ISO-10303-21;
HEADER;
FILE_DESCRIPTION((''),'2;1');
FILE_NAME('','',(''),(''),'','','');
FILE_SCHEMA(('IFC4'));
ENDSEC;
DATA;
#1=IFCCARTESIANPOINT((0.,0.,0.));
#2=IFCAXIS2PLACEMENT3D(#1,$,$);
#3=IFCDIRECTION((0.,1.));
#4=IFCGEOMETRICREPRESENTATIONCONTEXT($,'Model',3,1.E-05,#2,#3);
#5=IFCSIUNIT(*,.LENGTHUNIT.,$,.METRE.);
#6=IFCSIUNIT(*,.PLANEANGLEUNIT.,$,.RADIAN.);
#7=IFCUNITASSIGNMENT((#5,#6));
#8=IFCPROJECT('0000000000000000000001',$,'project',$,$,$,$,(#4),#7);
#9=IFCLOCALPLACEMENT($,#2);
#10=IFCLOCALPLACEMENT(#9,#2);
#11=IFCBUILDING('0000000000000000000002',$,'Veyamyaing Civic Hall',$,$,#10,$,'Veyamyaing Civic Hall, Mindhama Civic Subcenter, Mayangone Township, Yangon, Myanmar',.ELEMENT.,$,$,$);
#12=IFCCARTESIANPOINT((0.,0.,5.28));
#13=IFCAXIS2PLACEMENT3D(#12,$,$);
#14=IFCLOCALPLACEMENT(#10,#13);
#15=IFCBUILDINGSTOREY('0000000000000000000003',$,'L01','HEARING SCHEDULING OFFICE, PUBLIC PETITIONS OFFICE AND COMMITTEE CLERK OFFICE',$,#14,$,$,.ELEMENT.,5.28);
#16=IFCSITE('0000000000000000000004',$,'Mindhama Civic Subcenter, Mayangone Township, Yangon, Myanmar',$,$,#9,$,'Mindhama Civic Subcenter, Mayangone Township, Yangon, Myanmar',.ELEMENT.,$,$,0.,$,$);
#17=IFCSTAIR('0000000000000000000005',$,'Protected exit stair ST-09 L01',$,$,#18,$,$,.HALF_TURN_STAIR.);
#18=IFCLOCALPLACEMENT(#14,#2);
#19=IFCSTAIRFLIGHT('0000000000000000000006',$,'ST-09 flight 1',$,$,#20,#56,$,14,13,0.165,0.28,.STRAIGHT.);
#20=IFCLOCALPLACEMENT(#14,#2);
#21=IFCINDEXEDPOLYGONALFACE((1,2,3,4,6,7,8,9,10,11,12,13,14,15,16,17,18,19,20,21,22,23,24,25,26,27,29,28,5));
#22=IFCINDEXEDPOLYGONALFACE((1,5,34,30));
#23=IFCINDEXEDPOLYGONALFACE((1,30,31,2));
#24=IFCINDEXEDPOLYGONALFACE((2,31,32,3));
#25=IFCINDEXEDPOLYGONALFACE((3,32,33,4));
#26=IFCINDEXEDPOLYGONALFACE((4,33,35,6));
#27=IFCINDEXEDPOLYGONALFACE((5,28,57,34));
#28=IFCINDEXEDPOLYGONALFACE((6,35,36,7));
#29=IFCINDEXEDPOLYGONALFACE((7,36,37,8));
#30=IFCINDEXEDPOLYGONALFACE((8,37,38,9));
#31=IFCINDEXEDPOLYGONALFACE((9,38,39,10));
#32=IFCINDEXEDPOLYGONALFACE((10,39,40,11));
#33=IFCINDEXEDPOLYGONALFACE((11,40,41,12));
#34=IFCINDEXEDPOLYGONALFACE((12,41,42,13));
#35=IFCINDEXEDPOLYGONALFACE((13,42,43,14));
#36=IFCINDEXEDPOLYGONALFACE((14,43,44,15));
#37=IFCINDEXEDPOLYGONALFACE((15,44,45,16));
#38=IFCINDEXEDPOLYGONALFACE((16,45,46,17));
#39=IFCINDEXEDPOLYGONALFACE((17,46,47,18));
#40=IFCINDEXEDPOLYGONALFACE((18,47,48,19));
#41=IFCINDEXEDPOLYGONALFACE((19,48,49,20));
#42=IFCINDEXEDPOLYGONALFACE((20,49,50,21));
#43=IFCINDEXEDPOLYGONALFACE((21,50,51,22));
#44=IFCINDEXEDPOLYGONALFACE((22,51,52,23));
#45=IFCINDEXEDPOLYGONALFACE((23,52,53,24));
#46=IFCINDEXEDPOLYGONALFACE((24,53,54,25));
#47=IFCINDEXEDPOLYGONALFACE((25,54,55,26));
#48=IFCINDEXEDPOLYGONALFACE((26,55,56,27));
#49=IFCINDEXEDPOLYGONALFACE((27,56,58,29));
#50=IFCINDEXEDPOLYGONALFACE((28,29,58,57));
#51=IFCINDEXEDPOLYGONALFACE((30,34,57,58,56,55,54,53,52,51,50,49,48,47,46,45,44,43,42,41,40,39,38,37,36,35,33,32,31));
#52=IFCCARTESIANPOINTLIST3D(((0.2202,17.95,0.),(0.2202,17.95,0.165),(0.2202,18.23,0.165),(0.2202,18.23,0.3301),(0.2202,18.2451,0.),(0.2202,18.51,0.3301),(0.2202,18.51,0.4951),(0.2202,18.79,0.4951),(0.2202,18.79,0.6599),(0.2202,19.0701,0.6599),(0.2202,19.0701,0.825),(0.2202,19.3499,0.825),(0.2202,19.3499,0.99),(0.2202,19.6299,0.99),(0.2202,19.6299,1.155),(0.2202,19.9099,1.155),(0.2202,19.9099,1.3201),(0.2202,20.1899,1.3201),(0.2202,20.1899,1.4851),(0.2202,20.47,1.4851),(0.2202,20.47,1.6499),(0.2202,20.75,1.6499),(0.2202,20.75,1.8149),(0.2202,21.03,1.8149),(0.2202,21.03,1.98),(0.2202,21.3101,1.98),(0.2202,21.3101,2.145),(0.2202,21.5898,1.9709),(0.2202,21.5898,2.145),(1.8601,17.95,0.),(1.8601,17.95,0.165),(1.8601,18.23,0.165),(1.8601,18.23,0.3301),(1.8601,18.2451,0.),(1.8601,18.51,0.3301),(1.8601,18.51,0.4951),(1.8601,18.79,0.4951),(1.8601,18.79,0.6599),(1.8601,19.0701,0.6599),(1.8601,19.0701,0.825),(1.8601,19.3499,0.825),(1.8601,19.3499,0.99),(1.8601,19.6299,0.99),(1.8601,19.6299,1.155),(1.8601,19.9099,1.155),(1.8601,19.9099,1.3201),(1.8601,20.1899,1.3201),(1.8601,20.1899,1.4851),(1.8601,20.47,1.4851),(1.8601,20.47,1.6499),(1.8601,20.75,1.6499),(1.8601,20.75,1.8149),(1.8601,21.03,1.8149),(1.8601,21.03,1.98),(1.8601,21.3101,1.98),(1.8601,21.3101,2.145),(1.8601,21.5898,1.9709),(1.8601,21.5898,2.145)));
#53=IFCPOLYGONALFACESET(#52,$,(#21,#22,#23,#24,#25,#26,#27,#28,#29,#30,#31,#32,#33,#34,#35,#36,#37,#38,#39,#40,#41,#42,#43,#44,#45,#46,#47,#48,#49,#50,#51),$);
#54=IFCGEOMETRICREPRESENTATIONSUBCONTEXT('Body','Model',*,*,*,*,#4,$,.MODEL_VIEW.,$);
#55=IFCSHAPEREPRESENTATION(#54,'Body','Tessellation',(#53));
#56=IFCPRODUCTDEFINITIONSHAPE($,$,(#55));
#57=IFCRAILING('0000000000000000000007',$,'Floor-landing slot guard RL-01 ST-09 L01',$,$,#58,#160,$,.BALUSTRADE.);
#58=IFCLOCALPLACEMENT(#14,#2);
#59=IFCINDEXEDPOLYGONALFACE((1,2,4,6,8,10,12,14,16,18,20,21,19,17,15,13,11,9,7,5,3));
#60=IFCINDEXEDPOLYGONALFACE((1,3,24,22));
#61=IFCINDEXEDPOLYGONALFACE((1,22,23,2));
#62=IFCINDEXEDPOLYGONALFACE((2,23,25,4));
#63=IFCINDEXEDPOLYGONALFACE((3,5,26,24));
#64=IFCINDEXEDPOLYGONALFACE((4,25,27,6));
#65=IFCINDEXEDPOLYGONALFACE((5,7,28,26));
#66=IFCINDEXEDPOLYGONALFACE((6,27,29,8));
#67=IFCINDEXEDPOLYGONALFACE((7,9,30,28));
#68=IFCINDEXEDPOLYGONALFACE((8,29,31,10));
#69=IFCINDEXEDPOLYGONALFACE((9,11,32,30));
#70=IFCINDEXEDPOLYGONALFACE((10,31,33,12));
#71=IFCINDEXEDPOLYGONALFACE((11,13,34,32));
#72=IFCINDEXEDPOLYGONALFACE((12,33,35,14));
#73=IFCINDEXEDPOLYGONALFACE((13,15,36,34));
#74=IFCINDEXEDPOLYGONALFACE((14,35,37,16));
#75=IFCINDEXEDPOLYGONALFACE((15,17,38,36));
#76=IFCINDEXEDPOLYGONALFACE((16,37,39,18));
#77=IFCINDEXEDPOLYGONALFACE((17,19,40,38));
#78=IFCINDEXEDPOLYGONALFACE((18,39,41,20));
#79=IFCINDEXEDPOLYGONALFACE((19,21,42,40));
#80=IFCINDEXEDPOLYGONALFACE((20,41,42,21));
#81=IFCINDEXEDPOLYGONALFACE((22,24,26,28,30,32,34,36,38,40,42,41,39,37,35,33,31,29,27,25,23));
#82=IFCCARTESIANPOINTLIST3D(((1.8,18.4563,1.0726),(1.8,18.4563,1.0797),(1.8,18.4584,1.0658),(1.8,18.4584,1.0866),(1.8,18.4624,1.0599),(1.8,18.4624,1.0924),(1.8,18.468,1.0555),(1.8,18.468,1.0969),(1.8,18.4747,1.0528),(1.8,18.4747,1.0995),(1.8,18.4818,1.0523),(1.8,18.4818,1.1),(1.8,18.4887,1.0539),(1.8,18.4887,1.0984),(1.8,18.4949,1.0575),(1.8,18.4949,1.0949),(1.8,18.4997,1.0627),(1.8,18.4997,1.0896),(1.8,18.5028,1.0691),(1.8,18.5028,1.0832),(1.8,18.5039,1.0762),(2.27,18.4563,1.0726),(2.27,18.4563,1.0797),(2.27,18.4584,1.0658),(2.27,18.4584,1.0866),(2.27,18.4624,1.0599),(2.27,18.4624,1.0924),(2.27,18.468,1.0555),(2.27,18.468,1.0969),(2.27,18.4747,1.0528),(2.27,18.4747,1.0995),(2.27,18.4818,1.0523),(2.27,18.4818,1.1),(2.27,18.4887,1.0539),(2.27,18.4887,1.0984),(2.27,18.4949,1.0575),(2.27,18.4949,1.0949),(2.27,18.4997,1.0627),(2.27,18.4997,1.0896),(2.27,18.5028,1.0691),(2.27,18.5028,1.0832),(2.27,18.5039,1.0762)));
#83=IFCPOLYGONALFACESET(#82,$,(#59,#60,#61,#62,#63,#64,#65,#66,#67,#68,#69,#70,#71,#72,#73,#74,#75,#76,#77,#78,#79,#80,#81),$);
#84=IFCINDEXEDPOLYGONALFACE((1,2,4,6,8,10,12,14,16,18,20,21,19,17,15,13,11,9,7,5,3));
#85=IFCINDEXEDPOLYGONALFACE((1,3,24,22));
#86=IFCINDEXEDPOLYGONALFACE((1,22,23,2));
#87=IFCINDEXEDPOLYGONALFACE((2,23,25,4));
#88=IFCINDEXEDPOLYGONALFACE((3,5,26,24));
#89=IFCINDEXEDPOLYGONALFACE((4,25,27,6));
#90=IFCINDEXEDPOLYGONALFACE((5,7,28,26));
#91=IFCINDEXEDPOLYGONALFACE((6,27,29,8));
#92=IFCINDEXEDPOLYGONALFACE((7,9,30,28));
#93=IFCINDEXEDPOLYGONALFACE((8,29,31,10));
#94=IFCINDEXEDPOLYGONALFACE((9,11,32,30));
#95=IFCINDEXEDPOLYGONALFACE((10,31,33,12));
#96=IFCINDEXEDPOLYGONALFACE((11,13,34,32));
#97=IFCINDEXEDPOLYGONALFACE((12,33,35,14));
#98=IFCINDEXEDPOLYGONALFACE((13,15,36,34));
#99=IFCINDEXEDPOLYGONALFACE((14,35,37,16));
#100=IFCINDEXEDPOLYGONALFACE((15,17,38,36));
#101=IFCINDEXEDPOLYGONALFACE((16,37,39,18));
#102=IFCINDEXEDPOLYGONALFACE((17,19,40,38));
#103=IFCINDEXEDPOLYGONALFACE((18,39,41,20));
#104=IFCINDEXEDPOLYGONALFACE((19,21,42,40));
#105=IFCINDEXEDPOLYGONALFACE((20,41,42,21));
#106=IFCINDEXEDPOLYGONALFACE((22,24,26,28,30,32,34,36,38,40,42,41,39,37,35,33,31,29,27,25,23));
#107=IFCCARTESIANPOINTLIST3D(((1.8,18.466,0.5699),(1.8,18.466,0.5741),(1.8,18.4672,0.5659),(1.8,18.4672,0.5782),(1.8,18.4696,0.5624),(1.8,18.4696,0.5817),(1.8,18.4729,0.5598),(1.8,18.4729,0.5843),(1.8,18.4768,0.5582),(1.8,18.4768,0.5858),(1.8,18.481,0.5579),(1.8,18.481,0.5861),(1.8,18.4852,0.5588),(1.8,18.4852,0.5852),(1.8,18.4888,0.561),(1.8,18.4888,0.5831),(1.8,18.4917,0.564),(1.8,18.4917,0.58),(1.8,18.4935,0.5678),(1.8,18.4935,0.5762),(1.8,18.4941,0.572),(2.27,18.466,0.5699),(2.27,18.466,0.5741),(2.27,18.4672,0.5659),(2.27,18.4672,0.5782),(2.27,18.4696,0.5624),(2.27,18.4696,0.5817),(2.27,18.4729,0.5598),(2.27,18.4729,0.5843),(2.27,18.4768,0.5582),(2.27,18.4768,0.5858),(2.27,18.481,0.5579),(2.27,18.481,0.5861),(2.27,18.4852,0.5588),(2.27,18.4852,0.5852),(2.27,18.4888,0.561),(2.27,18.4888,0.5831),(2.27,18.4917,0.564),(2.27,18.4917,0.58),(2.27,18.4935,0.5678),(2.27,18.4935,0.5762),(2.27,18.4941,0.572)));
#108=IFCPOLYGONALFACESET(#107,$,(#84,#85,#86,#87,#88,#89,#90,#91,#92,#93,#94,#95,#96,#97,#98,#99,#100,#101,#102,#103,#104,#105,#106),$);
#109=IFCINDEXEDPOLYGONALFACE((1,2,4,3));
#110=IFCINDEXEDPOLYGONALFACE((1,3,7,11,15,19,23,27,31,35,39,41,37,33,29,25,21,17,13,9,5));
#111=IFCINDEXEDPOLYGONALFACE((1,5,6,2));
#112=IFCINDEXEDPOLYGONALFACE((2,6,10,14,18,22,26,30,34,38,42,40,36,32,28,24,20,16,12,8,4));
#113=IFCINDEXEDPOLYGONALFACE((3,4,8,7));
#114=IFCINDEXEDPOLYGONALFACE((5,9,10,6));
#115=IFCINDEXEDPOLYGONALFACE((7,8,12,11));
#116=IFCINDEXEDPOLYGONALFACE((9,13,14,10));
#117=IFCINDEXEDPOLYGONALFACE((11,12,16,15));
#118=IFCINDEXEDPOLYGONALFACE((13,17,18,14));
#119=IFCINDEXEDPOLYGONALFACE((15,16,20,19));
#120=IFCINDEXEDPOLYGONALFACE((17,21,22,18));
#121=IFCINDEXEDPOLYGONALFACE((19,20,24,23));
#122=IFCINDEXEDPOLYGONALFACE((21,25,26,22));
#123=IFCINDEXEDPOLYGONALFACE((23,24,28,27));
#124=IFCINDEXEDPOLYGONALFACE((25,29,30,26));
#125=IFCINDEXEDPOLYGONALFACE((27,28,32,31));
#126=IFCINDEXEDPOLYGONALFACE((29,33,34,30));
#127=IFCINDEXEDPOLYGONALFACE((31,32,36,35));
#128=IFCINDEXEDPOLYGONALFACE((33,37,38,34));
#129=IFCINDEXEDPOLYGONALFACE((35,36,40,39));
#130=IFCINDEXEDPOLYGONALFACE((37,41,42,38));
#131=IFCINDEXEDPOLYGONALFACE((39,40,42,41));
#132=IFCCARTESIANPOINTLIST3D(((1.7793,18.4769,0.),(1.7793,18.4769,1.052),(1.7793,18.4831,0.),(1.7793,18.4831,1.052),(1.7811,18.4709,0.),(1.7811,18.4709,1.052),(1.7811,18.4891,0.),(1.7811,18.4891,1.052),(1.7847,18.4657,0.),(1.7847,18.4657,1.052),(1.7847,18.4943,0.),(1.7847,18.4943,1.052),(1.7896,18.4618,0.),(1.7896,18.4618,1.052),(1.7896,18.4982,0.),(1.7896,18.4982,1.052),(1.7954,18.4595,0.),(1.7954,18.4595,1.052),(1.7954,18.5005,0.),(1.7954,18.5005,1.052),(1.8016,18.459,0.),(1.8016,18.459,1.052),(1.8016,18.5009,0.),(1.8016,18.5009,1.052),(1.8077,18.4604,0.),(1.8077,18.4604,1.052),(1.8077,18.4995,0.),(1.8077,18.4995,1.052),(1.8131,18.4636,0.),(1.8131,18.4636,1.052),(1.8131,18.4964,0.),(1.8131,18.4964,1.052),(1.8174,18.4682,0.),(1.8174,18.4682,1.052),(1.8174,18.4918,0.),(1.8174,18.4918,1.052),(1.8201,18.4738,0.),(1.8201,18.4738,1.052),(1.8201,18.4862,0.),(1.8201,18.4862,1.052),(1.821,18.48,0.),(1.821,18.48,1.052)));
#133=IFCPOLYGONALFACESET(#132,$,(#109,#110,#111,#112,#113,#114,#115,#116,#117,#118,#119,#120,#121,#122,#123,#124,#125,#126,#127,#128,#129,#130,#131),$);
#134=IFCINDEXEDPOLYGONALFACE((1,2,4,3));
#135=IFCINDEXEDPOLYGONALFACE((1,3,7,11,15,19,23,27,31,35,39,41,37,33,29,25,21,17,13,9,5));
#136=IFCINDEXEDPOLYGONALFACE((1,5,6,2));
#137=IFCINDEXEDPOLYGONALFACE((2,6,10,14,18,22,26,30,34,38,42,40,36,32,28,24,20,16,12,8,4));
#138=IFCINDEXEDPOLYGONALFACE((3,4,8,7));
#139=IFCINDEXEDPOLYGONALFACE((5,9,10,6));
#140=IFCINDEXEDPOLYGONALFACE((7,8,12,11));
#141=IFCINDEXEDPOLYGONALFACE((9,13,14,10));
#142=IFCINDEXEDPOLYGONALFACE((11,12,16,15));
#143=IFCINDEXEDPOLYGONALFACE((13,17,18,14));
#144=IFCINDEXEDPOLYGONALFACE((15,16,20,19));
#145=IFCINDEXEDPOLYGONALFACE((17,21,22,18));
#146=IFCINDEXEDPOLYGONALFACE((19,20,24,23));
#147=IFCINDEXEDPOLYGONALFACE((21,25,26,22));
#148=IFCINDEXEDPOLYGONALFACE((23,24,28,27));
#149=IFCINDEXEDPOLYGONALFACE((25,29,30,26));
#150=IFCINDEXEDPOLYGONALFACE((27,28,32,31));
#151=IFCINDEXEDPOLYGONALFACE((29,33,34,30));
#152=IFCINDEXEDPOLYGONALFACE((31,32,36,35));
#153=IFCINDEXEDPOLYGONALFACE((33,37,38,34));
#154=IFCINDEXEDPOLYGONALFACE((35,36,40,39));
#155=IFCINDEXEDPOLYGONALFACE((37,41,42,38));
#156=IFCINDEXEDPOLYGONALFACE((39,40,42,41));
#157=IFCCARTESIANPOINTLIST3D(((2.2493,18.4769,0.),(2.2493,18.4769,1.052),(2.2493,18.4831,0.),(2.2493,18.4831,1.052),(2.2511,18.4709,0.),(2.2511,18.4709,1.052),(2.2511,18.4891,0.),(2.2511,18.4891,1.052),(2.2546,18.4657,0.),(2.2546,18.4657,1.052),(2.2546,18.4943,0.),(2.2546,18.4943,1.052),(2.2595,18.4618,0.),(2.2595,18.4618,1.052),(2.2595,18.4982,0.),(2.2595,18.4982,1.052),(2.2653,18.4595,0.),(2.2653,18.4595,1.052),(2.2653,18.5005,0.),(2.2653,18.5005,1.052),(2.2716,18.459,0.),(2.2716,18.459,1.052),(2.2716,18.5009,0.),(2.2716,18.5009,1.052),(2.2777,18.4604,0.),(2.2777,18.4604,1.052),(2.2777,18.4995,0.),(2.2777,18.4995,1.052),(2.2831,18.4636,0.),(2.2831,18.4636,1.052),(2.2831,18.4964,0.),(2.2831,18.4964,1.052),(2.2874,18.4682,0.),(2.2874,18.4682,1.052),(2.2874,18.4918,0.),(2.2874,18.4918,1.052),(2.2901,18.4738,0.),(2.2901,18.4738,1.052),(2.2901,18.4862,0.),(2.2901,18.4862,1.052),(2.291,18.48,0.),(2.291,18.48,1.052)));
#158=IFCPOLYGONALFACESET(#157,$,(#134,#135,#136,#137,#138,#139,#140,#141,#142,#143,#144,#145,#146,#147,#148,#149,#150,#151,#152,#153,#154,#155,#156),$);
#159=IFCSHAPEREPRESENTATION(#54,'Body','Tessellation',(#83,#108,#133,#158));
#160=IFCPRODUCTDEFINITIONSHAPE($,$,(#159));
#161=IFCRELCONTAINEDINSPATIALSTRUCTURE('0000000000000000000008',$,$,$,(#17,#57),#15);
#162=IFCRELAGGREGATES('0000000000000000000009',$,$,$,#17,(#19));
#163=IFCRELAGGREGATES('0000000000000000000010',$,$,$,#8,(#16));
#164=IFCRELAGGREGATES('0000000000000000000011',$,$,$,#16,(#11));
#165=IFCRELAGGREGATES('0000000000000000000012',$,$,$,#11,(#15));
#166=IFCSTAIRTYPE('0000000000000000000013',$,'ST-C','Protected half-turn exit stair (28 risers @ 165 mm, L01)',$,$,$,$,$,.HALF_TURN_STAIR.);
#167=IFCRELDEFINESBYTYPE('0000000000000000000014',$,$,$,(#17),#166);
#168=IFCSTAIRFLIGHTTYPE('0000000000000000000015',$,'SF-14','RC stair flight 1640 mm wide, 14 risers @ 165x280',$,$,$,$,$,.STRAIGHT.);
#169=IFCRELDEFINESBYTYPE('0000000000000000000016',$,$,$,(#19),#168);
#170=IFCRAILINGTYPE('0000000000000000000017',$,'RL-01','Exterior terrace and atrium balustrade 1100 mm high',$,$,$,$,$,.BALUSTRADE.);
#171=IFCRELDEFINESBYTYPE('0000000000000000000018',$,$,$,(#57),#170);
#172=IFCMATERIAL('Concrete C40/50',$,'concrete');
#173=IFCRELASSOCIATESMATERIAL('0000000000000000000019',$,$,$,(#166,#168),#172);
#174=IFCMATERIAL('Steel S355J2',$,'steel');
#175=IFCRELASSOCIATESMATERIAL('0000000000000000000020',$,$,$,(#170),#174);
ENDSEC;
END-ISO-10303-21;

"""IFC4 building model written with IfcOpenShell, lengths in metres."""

from ifc_helpers import new_model, si_unit, direction, frame, origin, origin_2d, place, context, subcontext, project, spatial, polyline, circle, outline, extrude, material, type_object, element, aggregate, save


model = new_model("IFC4")

# Units and contexts
model_context = context("Model", 3, precision=1e-05, world=origin(), true_north=direction((0.0, 1.0)))
body_context = subcontext(model_context, "Body", "Model", "MODEL_VIEW")
ifc_project = project(units=[si_unit("LENGTHUNIT", "METRE"), si_unit("PLANEANGLEUNIT", "RADIAN")], contexts=[model_context])

# Site, building, storey
site_placement = place(None, origin())
site = spatial("IfcSite", under=ifc_project, at=site_placement, Name="Mindhama Civic Subcenter, Mayangone Township, Yangon, Myanmar", LongName="Mindhama Civic Subcenter, Mayangone Township, Yangon, Myanmar", CompositionType="ELEMENT", RefElevation=0.0)
building_placement = place(site_placement, origin())
building = spatial("IfcBuilding", under=site, at=building_placement, Name="Veyamyaing Civic Hall", LongName="Veyamyaing Civic Hall, Mindhama Civic Subcenter, Mayangone Township, Yangon, Myanmar", CompositionType="ELEMENT")
storey_placement = place(building_placement, frame((0.0, 0.0, 5.28)))
storey = spatial("IfcBuildingStorey", under=building, at=storey_placement, Name="L01", Description="HEARING SCHEDULING OFFICE, PUBLIC PETITIONS OFFICE AND COMMITTEE CLERK OFFICE", CompositionType="ELEMENT", Elevation=5.28)

# Shared definitions
ifc_material_1 = material(Name="Concrete C40/50", Category="concrete")

# Stair, stair flight
stair_type = type_object("IfcStairType", Name="ST-C", Description="Protected half-turn exit stair (28 risers @ 165 mm, L01)", PredefinedType="HALF_TURN_STAIR", material=ifc_material_1)
stair_placement = place(storey_placement, origin())
stair = element("IfcStair", 1, at=stair_placement, inside=storey, type_object=stair_type, Name="Protected exit stair ST-09 L01", PredefinedType="HALF_TURN_STAIR")
stair_flight_type = type_object("IfcStairFlightType", Name="SF-14", Description="RC stair flight 1640 mm wide, 14 risers @ 165x280", PredefinedType="STRAIGHT", material=ifc_material_1)
stair_flight_placement = place(storey_placement, frame((1.04, 17.95, 0.0), z_axis=(0.0, 0.0, 1.0), x_axis=(0.0, 1.0, 0.0)))
stair_flight = element("IfcStairFlight", 2, at=stair_flight_placement, type_object=stair_flight_type, Name="ST-09 flight 1", NumberOfRisers=14, NumberOfTreads=13, PredefinedType="STRAIGHT", RiserHeight=0.165, TreadLength=0.28, context=body_context, shape_type="SweptSolid", body=[
    extrude(outline(polyline([(0.0, 0.0), (0.0, 0.165), (0.28, 0.165), (0.28, 0.3301), (0.5601, 0.3301), (0.5601, 0.4951), (0.8401, 0.4951), (0.8401, 0.6599), (1.1201, 0.6599), (1.1201, 0.825), (1.3999, 0.825), (1.3999, 0.99), (1.6799, 0.99), (1.6799, 1.155), (1.96, 1.155), (1.96, 1.3201), (2.24, 1.3201), (2.24, 1.4851), (2.52, 1.4851), (2.52, 1.6499), (2.8, 1.6499), (2.8, 1.8149), (3.0801, 1.8149), (3.0801, 1.98), (3.3601, 1.98), (3.3601, 2.145), (3.6399, 2.145), (3.6399, 2.3101), (3.6399, 1.9709), (0.2952, 0.0), (0.0, 0.0)])), frame((0.0, 0.8198, 0.0), z_axis=(0.0, -1.0, 0.0), x_axis=(1.0, 0.0, 0.0)), (0.0, 0.0, 1.0), 1.6399),
])
aggregate(stair, [stair_flight])

# Railing
ifc_material_2 = material(Name="Steel S355J2", Category="steel")
railing_type_1 = type_object("IfcRailingType", Name="RL-01", Description="Exterior terrace and atrium balustrade 1100 mm high", PredefinedType="BALUSTRADE", material=ifc_material_2)
railing_1_placement = place(storey_placement, frame((1.8, 18.48, 0.0)))
element("IfcRailing", 3, at=railing_1_placement, inside=storey, type_object=railing_type_1, Name="Floor-landing slot guard RL-01 ST-09 L01", PredefinedType="BALUSTRADE", context=body_context, shape_type="SweptSolid", body=[
    extrude(circle(Radius=0.0239, at=origin_2d()), frame((0.0, 0.0, 1.0762), z_axis=(1.0, 0.0, 0.0), x_axis=(0.0, 1.0, 0.0)), (0.0, 0.0, 1.0), 0.47),
    extrude(circle(Radius=0.0142, at=origin_2d()), frame((0.0, 0.0, 0.572), z_axis=(1.0, 0.0, 0.0), x_axis=(0.0, 1.0, 0.0)), (0.0, 0.0, 1.0), 0.47),
    extrude(circle(Radius=0.021, at=origin_2d()), origin(), (0.0, 0.0, 1.0), 1.052),
    extrude(circle(Radius=0.021, at=origin_2d()), frame((0.47, 0.0, 0.0)), (0.0, 0.0, 1.0), 1.052),
])

save(model, "model.ifc")
